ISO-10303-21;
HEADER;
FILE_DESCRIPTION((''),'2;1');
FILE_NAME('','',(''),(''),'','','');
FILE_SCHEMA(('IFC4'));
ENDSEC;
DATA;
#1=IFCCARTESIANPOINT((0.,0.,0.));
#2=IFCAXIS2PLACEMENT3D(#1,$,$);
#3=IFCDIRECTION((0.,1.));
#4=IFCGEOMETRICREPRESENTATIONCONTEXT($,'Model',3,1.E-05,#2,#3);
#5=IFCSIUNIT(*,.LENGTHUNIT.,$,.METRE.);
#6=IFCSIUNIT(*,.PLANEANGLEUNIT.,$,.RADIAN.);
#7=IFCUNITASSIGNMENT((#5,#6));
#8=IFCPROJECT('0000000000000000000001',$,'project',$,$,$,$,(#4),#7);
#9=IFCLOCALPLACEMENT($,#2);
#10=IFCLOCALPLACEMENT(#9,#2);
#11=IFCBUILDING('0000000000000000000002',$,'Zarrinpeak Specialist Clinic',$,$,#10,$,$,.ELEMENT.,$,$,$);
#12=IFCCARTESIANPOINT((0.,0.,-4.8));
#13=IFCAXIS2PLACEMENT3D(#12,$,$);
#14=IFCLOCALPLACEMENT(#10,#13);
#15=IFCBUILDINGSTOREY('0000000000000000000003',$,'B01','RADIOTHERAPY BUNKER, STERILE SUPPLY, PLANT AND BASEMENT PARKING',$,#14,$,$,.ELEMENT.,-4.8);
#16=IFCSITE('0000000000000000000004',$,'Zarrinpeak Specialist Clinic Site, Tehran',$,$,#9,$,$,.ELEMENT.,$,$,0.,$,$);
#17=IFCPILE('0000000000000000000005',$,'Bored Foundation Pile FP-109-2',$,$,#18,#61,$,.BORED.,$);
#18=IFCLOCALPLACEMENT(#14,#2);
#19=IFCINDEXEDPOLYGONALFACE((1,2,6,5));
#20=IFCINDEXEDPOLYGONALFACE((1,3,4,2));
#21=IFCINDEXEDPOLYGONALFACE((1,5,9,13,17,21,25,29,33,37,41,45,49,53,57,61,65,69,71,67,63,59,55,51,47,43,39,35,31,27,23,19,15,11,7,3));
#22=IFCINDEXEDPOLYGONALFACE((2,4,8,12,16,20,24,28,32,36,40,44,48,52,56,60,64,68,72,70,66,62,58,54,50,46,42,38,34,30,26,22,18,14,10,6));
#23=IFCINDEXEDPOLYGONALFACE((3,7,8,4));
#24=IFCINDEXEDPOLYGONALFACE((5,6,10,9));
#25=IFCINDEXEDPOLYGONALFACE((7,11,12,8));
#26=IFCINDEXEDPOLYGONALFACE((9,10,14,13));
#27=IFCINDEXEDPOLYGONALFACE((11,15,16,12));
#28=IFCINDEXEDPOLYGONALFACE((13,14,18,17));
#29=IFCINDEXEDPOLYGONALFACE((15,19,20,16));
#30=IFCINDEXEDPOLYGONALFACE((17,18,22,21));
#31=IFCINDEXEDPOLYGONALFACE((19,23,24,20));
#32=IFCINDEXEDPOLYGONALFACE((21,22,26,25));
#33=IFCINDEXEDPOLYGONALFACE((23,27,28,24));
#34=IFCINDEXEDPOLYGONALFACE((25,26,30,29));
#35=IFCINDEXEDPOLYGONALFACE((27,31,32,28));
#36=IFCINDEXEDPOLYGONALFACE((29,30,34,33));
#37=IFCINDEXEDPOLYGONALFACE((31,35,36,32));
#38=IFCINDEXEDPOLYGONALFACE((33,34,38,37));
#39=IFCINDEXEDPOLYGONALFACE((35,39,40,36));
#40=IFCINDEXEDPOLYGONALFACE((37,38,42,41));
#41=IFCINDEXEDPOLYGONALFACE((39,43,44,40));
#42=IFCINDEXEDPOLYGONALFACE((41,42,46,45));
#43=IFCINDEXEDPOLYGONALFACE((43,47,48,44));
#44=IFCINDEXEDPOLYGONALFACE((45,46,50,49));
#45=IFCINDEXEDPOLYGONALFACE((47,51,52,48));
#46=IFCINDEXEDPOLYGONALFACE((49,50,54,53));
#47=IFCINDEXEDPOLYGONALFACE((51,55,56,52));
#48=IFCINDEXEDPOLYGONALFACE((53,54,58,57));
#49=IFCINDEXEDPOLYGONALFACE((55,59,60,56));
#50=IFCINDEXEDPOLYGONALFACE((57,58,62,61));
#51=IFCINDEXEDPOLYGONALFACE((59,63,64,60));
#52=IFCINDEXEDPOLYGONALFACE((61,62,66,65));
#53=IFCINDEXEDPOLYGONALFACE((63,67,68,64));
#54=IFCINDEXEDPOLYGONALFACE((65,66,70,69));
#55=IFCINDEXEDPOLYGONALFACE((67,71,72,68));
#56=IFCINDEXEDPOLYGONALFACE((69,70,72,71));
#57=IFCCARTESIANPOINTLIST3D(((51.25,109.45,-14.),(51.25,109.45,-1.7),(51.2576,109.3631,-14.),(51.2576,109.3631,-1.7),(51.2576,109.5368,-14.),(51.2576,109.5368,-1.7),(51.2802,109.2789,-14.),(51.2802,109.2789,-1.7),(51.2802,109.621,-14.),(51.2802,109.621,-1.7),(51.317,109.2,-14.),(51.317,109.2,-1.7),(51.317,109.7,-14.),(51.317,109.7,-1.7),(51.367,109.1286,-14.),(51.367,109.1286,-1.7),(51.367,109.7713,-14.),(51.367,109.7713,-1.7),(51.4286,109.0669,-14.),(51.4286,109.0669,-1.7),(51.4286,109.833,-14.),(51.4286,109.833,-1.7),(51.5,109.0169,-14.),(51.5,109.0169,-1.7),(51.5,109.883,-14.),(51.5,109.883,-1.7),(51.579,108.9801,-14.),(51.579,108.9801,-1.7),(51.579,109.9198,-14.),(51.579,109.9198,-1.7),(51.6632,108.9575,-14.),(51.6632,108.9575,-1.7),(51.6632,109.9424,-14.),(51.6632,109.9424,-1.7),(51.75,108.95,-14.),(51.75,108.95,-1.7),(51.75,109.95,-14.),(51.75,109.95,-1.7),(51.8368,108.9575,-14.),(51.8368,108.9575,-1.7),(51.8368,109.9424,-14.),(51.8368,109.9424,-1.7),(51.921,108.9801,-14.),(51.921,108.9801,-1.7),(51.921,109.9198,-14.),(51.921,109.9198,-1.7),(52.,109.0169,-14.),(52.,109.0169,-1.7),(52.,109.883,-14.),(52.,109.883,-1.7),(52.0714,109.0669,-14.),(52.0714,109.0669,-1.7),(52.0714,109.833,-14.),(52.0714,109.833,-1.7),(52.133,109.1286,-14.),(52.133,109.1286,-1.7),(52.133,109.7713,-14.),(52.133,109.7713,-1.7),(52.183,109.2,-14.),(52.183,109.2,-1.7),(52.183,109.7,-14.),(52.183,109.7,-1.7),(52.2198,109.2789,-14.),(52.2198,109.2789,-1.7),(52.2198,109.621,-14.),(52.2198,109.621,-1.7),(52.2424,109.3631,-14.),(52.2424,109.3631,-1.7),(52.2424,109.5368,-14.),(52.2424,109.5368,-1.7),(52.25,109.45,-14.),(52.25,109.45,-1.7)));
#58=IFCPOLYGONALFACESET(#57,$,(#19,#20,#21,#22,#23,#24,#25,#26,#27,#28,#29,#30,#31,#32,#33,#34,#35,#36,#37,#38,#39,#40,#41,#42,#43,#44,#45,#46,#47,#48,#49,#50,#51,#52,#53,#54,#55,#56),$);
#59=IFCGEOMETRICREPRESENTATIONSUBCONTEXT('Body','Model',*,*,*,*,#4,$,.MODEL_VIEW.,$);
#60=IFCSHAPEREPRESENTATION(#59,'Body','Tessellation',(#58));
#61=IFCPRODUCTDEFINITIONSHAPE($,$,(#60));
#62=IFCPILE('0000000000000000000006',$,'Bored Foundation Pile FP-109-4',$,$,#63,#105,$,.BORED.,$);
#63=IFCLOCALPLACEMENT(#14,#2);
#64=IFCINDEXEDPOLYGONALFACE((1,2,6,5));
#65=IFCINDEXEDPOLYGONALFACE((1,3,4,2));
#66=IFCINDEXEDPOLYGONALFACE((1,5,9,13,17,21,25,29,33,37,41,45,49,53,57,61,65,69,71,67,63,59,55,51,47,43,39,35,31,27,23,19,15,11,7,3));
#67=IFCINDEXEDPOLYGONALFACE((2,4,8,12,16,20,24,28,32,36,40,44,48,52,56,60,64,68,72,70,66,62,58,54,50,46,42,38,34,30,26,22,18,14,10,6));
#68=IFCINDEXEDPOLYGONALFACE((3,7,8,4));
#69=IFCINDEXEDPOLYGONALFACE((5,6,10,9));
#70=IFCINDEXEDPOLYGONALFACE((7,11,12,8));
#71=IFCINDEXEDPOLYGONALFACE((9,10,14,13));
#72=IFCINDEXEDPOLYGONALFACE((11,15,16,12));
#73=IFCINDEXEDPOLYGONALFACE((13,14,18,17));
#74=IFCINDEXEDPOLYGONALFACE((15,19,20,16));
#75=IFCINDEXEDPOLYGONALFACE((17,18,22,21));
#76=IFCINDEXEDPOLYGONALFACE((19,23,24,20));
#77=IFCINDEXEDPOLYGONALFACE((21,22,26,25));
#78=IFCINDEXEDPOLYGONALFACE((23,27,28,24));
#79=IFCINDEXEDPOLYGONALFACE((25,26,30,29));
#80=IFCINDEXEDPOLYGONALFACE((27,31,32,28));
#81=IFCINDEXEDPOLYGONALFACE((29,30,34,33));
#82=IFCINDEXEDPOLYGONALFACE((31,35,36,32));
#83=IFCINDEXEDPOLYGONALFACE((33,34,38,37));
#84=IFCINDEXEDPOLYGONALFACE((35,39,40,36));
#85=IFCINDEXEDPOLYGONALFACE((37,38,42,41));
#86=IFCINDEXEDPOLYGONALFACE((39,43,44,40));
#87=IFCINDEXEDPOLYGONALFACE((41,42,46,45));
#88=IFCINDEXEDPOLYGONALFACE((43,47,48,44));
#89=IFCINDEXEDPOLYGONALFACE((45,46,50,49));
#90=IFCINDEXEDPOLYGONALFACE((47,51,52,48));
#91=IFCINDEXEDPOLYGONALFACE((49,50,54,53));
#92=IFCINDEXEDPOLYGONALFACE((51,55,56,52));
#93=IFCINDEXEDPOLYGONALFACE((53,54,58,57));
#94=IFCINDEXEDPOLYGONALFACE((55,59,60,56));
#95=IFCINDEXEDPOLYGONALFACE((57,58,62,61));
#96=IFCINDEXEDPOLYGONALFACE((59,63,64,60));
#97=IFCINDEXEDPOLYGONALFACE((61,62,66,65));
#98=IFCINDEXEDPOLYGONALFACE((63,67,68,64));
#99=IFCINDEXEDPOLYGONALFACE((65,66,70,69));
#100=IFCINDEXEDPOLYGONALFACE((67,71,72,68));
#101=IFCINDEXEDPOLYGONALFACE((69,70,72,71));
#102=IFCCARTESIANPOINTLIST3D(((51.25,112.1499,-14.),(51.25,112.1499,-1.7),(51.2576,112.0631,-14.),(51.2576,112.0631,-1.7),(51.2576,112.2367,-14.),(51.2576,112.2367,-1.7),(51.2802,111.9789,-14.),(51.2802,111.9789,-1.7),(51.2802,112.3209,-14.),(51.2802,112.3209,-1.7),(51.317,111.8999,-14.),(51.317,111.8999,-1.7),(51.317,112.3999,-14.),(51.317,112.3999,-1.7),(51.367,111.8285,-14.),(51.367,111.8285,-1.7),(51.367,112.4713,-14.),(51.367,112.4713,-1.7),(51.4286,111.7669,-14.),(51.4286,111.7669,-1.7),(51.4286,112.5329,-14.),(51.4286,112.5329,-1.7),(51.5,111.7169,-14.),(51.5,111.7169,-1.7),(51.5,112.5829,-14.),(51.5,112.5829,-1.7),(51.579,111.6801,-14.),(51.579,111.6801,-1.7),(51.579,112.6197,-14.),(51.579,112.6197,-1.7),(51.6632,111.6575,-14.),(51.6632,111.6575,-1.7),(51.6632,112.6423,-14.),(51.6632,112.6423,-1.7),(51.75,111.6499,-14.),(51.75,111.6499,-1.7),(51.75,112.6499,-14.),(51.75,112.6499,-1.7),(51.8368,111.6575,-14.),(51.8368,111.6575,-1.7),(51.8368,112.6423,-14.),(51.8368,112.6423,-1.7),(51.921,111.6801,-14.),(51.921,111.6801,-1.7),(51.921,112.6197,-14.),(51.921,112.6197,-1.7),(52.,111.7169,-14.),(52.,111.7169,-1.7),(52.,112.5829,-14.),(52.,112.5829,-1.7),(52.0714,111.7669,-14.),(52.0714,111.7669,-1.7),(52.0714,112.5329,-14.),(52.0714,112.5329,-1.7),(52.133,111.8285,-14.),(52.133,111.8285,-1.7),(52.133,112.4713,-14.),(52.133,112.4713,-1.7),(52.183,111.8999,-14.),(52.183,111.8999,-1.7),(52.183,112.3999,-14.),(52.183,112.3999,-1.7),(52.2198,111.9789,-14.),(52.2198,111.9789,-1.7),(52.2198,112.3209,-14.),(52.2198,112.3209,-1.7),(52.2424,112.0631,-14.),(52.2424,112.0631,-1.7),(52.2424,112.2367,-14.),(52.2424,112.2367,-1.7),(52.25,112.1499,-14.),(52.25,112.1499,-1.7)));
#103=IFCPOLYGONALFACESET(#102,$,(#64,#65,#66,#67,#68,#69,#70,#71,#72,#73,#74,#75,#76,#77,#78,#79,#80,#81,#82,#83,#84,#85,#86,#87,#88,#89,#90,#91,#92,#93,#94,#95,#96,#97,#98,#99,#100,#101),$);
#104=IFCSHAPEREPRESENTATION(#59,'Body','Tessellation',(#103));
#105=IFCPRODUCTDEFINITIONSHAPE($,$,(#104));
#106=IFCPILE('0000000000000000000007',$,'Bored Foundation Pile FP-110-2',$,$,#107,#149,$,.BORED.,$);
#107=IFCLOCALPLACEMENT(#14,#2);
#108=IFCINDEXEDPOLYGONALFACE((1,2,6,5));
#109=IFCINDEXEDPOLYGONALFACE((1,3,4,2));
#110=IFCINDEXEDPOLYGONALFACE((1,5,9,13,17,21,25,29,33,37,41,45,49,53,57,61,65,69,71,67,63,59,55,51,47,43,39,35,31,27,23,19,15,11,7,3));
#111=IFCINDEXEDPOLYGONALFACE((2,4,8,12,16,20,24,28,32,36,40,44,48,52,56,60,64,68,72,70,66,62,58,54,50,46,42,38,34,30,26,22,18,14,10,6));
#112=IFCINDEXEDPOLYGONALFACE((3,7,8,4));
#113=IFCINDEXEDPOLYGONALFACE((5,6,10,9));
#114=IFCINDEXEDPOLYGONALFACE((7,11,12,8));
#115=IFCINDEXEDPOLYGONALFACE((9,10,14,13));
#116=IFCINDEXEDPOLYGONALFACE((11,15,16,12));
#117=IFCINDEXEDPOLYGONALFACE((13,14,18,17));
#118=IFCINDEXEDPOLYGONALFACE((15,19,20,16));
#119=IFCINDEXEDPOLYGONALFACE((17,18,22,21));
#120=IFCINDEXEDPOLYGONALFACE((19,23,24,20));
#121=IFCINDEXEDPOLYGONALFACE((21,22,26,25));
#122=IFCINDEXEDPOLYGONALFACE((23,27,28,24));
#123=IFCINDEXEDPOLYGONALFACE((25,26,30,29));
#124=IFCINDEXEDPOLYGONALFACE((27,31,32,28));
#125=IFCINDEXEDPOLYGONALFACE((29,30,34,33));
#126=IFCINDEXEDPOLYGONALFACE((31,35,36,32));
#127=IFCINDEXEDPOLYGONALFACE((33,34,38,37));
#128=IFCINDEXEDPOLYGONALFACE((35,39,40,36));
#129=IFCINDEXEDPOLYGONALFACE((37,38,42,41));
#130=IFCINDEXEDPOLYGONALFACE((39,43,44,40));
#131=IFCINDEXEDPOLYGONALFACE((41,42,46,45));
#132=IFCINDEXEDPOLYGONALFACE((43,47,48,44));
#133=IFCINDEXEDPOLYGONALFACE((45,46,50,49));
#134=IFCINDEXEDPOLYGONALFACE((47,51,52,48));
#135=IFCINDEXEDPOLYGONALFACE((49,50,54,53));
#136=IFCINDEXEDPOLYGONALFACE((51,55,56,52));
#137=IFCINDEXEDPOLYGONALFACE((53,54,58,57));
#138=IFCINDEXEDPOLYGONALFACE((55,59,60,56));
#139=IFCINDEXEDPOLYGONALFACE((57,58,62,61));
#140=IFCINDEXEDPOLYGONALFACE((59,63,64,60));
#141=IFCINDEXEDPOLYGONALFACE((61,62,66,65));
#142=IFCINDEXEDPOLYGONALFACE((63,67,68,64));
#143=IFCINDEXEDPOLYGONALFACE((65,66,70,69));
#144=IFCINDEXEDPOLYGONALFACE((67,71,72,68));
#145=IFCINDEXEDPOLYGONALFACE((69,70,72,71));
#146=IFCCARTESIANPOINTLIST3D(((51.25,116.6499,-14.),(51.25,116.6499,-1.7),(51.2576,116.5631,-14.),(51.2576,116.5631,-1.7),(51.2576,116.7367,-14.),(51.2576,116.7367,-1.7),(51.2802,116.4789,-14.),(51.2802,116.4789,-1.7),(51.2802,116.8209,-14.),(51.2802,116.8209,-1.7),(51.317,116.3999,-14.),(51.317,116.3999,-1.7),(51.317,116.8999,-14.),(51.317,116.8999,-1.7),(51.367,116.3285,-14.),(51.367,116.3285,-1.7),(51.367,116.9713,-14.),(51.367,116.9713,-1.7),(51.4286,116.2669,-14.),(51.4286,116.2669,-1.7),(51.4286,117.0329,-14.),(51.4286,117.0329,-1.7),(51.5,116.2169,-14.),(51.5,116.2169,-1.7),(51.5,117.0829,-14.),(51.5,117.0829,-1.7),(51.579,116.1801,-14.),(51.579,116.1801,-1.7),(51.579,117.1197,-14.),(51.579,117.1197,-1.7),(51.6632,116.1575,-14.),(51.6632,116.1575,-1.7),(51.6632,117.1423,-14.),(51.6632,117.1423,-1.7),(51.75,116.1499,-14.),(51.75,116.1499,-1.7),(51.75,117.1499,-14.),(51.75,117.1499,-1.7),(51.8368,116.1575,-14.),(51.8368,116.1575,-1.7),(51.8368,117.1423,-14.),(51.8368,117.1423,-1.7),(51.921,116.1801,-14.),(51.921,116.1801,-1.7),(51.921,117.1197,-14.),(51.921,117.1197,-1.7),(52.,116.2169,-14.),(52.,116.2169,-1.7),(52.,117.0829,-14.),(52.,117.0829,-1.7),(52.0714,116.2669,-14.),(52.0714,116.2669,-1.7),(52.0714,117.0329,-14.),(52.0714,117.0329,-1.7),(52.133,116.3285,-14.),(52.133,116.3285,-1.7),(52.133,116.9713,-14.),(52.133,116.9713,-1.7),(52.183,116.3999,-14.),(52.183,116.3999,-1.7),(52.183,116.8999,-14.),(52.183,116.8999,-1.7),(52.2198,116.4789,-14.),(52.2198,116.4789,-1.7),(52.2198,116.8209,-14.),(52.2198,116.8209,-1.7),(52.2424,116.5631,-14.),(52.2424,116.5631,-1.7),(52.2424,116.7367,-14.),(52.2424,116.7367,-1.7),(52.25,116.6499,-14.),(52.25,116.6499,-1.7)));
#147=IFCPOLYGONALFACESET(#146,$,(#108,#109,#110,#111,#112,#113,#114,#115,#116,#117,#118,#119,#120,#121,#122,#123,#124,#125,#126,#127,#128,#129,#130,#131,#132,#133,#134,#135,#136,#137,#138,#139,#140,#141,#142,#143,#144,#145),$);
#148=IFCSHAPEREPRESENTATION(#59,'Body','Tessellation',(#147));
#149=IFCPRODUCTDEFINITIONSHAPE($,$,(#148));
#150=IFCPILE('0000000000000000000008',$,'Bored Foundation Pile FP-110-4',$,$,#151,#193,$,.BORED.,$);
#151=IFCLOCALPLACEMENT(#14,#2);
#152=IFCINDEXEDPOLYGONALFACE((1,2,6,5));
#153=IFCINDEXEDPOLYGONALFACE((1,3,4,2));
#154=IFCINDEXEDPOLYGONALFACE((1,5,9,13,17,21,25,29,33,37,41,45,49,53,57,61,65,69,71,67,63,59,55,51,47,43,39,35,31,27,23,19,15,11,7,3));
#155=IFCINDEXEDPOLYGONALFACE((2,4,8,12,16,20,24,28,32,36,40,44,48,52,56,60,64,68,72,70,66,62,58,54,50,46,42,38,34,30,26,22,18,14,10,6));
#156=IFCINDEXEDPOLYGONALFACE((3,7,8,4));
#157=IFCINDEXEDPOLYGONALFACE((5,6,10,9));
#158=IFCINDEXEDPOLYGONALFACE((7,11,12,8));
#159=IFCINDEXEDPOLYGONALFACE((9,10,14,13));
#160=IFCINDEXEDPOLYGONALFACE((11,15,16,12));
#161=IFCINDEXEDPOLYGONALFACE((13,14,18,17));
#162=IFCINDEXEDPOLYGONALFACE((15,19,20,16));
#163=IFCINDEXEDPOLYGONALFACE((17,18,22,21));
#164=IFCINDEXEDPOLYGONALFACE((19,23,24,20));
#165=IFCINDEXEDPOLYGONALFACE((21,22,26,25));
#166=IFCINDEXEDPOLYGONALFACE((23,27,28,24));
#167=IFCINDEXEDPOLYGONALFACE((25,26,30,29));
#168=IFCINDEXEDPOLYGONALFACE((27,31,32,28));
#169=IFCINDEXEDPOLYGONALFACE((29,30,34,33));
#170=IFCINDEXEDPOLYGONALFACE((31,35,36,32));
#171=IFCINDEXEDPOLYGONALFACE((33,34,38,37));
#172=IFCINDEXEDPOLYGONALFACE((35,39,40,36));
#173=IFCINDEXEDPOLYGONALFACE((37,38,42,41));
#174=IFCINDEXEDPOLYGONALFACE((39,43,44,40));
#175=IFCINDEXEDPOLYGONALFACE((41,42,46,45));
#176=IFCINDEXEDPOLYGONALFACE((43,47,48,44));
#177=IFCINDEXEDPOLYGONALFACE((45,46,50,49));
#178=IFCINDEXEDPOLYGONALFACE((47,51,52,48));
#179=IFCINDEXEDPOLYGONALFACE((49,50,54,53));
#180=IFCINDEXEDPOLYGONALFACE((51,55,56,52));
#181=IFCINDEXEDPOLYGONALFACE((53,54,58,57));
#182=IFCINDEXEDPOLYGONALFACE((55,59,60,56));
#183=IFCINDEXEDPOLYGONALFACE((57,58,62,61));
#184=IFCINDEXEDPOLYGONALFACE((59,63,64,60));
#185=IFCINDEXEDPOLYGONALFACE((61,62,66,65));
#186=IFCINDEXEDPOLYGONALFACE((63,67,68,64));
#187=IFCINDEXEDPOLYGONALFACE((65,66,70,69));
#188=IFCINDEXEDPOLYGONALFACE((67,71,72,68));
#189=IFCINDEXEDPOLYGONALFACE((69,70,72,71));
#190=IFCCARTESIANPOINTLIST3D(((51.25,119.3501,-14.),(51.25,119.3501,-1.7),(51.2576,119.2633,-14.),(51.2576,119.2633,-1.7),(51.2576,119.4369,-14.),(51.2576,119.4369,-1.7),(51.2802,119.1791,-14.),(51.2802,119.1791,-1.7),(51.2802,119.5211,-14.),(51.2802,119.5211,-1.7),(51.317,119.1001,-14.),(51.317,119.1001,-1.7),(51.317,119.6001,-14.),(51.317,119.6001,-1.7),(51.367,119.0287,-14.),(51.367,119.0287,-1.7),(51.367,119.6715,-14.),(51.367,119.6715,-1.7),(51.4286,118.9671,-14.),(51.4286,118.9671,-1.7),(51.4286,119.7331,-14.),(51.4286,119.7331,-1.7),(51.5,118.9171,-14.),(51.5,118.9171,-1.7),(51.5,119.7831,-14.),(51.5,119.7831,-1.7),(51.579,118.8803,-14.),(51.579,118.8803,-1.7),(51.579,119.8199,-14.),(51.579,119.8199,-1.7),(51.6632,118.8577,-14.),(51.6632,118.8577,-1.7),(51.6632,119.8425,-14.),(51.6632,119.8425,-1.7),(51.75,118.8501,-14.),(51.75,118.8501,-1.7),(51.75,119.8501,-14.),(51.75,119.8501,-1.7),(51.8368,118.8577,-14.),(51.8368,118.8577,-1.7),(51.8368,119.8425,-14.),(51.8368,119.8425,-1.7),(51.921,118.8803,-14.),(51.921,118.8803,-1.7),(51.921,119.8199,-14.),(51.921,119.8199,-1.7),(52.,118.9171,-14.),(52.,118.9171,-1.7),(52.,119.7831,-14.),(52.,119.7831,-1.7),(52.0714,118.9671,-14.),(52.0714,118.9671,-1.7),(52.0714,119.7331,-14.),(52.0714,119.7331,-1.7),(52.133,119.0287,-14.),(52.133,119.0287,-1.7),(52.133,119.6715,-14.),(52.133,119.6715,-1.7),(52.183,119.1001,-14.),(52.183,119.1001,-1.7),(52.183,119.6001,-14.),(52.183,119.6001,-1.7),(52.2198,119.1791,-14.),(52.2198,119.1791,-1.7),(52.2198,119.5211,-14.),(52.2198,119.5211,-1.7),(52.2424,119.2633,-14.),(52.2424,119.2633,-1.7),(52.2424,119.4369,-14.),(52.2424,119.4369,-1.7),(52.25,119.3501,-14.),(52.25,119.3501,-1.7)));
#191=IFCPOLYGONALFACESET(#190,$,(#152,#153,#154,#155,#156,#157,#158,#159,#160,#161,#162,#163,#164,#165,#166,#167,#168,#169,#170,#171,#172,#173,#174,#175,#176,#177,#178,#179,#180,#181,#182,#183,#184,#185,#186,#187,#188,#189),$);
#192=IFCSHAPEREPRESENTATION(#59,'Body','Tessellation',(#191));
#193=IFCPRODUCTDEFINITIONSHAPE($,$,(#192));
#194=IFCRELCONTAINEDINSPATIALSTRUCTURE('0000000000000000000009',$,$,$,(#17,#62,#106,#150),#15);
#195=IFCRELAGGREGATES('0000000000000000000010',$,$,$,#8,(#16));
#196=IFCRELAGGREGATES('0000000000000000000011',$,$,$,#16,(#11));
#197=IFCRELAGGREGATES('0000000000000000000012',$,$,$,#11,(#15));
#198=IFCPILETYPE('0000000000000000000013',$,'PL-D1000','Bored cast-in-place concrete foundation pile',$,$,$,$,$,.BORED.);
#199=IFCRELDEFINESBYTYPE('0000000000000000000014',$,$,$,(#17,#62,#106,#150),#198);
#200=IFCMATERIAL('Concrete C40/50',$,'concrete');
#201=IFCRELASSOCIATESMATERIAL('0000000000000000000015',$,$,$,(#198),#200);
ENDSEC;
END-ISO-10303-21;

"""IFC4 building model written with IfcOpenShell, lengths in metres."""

from ifc_helpers import new_model, si_unit, direction, frame, origin, origin_2d, place, context, subcontext, project, spatial, circle, extrude, material, material_profile, profile_set, type_object, element, save


model = new_model("IFC4")

# Units and contexts
model_context = context("Model", 3, precision=1e-05, world=origin(), true_north=direction((0.0, 1.0)))
body_context = subcontext(model_context, "Body", "Model", "MODEL_VIEW")
ifc_project = project(units=[si_unit("LENGTHUNIT", "METRE"), si_unit("PLANEANGLEUNIT", "RADIAN")], contexts=[model_context])

# Site, building, storey
site_placement = place(None, origin())
site = spatial("IfcSite", under=ifc_project, at=site_placement, Name="Zarrinpeak Specialist Clinic Site, Tehran", CompositionType="ELEMENT", RefElevation=0.0)
building_placement = place(site_placement, origin())
building = spatial("IfcBuilding", under=site, at=building_placement, Name="Zarrinpeak Specialist Clinic", CompositionType="ELEMENT")
storey_placement = place(building_placement, frame((0.0, 0.0, -4.8)))
storey = spatial("IfcBuildingStorey", under=building, at=storey_placement, Name="B01", Description="RADIOTHERAPY BUNKER, STERILE SUPPLY, PLANT AND BASEMENT PARKING", CompositionType="ELEMENT", Elevation=-4.8)

# Shared definitions
ifc_material_1 = material(Name="Concrete C40/50", Category="concrete")

# Piles
ifc_material_profile_1 = material_profile(ifc_material_1, circle(Radius=0.5, at=origin_2d()), Name="BORED PILE D1000")
ifc_profile_set_1 = profile_set([ifc_material_profile_1], Name="Concrete C40/50")
pile_type = type_object("IfcPileType", Name="PL-D1000", Description="Bored cast-in-place concrete foundation pile", PredefinedType="BORED", material=ifc_profile_set_1)
for number, where, z_axis, x_axis, name in (
    (1, (51.75, 109.45, -1.7), (0.0, 0.0, -1.0), (1.0, 0.0, 0.0), "Bored Foundation Pile FP-109-2"),
    (2, (51.75, 112.1499, -1.7), (0.0, 0.0, -1.0), (1.0, 0.0, 0.0), "Bored Foundation Pile FP-109-4"),
    (3, (51.75, 116.6499, -1.7), (0.0, 0.0, -1.0), (1.0, 0.0, 0.0), "Bored Foundation Pile FP-110-2"),
    (4, (51.75, 119.3501, -1.7), (0.0, 0.0, -1.0), (1.0, 0.0, 0.0), "Bored Foundation Pile FP-110-4"),
):
    element("IfcPile", number, at=place(storey_placement, frame(where, z_axis=z_axis, x_axis=x_axis)), inside=storey, type_object=pile_type, Name=name, PredefinedType="BORED", context=body_context, shape_type="SweptSolid", body=[
        extrude(circle(Radius=0.5, at=origin_2d()), origin(), (0.0, 0.0, 1.0), 12.3),
    ])

save(model, "model.ifc")
